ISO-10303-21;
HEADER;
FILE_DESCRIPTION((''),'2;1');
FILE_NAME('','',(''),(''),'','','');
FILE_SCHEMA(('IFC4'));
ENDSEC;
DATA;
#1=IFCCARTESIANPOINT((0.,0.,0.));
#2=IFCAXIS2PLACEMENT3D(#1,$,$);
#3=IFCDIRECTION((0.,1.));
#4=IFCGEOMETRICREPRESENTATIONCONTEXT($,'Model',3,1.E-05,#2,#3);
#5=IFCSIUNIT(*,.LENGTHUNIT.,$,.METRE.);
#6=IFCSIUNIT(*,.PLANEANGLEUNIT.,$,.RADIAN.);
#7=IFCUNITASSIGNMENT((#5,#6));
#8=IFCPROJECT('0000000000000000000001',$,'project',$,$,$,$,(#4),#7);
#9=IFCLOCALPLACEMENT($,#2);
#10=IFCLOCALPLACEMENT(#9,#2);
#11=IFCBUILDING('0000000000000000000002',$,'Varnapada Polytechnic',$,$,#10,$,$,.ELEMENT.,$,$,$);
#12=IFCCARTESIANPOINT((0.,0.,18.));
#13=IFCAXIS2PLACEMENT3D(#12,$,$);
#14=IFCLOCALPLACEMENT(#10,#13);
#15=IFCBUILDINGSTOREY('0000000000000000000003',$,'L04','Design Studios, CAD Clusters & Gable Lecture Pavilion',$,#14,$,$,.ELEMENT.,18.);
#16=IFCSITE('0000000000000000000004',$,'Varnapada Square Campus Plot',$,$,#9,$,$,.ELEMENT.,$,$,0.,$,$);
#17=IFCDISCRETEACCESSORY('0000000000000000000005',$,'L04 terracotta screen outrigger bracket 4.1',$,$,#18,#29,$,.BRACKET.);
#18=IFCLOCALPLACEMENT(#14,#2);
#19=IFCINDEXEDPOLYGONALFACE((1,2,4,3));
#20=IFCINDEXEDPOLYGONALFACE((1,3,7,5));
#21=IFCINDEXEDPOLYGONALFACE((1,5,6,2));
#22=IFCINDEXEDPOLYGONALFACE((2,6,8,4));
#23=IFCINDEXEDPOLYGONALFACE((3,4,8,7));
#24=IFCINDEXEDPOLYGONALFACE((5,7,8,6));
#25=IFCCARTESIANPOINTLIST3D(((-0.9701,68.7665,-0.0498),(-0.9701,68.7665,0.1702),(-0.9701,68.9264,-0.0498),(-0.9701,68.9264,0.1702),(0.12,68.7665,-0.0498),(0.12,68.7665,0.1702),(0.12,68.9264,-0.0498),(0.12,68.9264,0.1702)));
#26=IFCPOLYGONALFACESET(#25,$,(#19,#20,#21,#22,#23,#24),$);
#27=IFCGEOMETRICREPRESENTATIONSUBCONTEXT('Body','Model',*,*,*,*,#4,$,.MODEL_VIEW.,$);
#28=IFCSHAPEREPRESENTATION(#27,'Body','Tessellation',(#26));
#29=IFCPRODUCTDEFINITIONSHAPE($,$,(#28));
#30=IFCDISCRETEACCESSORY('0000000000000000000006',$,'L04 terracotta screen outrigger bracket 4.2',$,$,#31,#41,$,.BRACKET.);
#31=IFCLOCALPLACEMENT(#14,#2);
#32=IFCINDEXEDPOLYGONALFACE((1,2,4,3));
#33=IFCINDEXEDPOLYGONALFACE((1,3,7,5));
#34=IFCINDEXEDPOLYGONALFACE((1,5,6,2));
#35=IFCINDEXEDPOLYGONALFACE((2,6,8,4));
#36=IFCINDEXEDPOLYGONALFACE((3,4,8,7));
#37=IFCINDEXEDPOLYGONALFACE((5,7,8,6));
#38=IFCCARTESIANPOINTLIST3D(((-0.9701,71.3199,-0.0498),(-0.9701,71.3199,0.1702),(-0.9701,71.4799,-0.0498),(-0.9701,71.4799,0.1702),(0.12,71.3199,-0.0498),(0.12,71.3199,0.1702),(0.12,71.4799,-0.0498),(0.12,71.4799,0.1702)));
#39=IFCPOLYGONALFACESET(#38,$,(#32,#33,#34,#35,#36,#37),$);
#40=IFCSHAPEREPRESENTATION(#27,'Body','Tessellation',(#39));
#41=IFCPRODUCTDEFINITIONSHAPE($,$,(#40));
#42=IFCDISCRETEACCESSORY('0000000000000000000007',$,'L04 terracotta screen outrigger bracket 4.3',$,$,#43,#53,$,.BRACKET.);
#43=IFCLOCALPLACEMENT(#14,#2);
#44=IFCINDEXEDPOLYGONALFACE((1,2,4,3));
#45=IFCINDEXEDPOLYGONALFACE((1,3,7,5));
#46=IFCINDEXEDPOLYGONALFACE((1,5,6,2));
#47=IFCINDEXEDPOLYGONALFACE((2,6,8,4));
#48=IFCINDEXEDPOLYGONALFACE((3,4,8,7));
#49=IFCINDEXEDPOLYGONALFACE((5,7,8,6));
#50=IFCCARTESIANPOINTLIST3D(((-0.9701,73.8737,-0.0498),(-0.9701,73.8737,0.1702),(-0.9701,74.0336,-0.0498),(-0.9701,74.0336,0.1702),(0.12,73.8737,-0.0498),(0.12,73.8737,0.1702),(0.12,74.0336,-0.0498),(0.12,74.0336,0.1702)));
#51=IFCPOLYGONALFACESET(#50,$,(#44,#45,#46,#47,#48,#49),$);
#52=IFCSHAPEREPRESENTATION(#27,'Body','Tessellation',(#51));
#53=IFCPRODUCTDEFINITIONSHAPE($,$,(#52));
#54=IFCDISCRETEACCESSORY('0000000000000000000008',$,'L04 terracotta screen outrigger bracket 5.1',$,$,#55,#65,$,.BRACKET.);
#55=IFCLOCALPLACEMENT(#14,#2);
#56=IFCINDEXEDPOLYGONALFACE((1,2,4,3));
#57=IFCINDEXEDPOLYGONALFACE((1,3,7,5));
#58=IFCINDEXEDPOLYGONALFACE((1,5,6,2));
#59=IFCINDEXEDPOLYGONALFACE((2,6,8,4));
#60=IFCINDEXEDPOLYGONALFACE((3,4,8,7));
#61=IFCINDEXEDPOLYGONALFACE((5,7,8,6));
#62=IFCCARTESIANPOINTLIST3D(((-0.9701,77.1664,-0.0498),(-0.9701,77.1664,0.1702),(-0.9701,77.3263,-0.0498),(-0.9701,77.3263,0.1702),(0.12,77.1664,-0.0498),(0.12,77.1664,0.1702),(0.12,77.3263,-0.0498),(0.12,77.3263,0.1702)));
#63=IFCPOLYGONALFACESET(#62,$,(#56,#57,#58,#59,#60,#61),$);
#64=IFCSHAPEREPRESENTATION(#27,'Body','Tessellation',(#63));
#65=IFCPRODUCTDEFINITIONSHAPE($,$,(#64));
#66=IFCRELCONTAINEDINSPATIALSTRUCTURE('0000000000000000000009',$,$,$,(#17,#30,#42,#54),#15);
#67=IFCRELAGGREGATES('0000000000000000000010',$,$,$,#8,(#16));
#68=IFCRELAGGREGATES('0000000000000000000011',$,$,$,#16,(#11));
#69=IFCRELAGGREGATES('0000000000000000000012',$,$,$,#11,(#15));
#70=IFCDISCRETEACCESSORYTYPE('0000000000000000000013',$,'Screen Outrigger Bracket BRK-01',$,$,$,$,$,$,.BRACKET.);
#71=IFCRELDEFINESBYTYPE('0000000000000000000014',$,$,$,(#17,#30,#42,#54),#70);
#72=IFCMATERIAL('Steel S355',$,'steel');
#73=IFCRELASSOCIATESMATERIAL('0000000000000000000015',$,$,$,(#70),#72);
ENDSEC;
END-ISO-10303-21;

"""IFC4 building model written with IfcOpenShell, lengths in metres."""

from ifc_helpers import new_model, si_unit, direction, frame, origin, origin_2d, place, context, subcontext, project, spatial, rectangle, extrude, material, type_object, element, save


model = new_model("IFC4")

# Units and contexts
model_context = context("Model", 3, precision=1e-05, world=origin(), true_north=direction((0.0, 1.0)))
body_context = subcontext(model_context, "Body", "Model", "MODEL_VIEW")
ifc_project = project(units=[si_unit("LENGTHUNIT", "METRE"), si_unit("PLANEANGLEUNIT", "RADIAN")], contexts=[model_context])

# Site, building, storey
site_placement = place(None, origin())
site = spatial("IfcSite", under=ifc_project, at=site_placement, Name="Varnapada Square Campus Plot", CompositionType="ELEMENT", RefElevation=0.0)
building_placement = place(site_placement, origin())
building = spatial("IfcBuilding", under=site, at=building_placement, Name="Varnapada Polytechnic", CompositionType="ELEMENT")
storey_placement = place(building_placement, frame((0.0, 0.0, 18.0)))
storey = spatial("IfcBuildingStorey", under=building, at=storey_placement, Name="L04", Description="Design Studios, CAD Clusters & Gable Lecture Pavilion", CompositionType="ELEMENT", Elevation=18.0)

# Discrete accessories
ifc_material_1 = material(Name="Steel S355", Category="steel")
discrete_accessory_type = type_object("IfcDiscreteAccessoryType", Name="Screen Outrigger Bracket BRK-01", PredefinedType="BRACKET", material=ifc_material_1)
for number, where, z_axis, x_axis, name in (
    (1, (-0.425, 68.8464, -0.0498), (0.0, 0.0, 1.0), (0.0, 1.0, 0.0), "L04 terracotta screen outrigger bracket 4.1"),
    (2, (-0.425, 71.3999, -0.0498), (0.0, 0.0, 1.0), (0.0, 1.0, 0.0), "L04 terracotta screen outrigger bracket 4.2"),
    (3, (-0.425, 73.9536, -0.0498), (0.0, 0.0, 1.0), (0.0, 1.0, 0.0), "L04 terracotta screen outrigger bracket 4.3"),
    (4, (-0.425, 77.2463, -0.0498), (0.0, 0.0, 1.0), (0.0, 1.0, 0.0), "L04 terracotta screen outrigger bracket 5.1"),
):
    element("IfcDiscreteAccessory", number, at=place(storey_placement, frame(where, z_axis=z_axis, x_axis=x_axis)), inside=storey, type_object=discrete_accessory_type, Name=name, PredefinedType="BRACKET", context=body_context, shape_type="SweptSolid", body=[
        extrude(rectangle(XDim=0.1599, YDim=1.0901, at=origin_2d()), origin(), (0.0, 0.0, 1.0), 0.22),
    ])

save(model, "model.ifc")
